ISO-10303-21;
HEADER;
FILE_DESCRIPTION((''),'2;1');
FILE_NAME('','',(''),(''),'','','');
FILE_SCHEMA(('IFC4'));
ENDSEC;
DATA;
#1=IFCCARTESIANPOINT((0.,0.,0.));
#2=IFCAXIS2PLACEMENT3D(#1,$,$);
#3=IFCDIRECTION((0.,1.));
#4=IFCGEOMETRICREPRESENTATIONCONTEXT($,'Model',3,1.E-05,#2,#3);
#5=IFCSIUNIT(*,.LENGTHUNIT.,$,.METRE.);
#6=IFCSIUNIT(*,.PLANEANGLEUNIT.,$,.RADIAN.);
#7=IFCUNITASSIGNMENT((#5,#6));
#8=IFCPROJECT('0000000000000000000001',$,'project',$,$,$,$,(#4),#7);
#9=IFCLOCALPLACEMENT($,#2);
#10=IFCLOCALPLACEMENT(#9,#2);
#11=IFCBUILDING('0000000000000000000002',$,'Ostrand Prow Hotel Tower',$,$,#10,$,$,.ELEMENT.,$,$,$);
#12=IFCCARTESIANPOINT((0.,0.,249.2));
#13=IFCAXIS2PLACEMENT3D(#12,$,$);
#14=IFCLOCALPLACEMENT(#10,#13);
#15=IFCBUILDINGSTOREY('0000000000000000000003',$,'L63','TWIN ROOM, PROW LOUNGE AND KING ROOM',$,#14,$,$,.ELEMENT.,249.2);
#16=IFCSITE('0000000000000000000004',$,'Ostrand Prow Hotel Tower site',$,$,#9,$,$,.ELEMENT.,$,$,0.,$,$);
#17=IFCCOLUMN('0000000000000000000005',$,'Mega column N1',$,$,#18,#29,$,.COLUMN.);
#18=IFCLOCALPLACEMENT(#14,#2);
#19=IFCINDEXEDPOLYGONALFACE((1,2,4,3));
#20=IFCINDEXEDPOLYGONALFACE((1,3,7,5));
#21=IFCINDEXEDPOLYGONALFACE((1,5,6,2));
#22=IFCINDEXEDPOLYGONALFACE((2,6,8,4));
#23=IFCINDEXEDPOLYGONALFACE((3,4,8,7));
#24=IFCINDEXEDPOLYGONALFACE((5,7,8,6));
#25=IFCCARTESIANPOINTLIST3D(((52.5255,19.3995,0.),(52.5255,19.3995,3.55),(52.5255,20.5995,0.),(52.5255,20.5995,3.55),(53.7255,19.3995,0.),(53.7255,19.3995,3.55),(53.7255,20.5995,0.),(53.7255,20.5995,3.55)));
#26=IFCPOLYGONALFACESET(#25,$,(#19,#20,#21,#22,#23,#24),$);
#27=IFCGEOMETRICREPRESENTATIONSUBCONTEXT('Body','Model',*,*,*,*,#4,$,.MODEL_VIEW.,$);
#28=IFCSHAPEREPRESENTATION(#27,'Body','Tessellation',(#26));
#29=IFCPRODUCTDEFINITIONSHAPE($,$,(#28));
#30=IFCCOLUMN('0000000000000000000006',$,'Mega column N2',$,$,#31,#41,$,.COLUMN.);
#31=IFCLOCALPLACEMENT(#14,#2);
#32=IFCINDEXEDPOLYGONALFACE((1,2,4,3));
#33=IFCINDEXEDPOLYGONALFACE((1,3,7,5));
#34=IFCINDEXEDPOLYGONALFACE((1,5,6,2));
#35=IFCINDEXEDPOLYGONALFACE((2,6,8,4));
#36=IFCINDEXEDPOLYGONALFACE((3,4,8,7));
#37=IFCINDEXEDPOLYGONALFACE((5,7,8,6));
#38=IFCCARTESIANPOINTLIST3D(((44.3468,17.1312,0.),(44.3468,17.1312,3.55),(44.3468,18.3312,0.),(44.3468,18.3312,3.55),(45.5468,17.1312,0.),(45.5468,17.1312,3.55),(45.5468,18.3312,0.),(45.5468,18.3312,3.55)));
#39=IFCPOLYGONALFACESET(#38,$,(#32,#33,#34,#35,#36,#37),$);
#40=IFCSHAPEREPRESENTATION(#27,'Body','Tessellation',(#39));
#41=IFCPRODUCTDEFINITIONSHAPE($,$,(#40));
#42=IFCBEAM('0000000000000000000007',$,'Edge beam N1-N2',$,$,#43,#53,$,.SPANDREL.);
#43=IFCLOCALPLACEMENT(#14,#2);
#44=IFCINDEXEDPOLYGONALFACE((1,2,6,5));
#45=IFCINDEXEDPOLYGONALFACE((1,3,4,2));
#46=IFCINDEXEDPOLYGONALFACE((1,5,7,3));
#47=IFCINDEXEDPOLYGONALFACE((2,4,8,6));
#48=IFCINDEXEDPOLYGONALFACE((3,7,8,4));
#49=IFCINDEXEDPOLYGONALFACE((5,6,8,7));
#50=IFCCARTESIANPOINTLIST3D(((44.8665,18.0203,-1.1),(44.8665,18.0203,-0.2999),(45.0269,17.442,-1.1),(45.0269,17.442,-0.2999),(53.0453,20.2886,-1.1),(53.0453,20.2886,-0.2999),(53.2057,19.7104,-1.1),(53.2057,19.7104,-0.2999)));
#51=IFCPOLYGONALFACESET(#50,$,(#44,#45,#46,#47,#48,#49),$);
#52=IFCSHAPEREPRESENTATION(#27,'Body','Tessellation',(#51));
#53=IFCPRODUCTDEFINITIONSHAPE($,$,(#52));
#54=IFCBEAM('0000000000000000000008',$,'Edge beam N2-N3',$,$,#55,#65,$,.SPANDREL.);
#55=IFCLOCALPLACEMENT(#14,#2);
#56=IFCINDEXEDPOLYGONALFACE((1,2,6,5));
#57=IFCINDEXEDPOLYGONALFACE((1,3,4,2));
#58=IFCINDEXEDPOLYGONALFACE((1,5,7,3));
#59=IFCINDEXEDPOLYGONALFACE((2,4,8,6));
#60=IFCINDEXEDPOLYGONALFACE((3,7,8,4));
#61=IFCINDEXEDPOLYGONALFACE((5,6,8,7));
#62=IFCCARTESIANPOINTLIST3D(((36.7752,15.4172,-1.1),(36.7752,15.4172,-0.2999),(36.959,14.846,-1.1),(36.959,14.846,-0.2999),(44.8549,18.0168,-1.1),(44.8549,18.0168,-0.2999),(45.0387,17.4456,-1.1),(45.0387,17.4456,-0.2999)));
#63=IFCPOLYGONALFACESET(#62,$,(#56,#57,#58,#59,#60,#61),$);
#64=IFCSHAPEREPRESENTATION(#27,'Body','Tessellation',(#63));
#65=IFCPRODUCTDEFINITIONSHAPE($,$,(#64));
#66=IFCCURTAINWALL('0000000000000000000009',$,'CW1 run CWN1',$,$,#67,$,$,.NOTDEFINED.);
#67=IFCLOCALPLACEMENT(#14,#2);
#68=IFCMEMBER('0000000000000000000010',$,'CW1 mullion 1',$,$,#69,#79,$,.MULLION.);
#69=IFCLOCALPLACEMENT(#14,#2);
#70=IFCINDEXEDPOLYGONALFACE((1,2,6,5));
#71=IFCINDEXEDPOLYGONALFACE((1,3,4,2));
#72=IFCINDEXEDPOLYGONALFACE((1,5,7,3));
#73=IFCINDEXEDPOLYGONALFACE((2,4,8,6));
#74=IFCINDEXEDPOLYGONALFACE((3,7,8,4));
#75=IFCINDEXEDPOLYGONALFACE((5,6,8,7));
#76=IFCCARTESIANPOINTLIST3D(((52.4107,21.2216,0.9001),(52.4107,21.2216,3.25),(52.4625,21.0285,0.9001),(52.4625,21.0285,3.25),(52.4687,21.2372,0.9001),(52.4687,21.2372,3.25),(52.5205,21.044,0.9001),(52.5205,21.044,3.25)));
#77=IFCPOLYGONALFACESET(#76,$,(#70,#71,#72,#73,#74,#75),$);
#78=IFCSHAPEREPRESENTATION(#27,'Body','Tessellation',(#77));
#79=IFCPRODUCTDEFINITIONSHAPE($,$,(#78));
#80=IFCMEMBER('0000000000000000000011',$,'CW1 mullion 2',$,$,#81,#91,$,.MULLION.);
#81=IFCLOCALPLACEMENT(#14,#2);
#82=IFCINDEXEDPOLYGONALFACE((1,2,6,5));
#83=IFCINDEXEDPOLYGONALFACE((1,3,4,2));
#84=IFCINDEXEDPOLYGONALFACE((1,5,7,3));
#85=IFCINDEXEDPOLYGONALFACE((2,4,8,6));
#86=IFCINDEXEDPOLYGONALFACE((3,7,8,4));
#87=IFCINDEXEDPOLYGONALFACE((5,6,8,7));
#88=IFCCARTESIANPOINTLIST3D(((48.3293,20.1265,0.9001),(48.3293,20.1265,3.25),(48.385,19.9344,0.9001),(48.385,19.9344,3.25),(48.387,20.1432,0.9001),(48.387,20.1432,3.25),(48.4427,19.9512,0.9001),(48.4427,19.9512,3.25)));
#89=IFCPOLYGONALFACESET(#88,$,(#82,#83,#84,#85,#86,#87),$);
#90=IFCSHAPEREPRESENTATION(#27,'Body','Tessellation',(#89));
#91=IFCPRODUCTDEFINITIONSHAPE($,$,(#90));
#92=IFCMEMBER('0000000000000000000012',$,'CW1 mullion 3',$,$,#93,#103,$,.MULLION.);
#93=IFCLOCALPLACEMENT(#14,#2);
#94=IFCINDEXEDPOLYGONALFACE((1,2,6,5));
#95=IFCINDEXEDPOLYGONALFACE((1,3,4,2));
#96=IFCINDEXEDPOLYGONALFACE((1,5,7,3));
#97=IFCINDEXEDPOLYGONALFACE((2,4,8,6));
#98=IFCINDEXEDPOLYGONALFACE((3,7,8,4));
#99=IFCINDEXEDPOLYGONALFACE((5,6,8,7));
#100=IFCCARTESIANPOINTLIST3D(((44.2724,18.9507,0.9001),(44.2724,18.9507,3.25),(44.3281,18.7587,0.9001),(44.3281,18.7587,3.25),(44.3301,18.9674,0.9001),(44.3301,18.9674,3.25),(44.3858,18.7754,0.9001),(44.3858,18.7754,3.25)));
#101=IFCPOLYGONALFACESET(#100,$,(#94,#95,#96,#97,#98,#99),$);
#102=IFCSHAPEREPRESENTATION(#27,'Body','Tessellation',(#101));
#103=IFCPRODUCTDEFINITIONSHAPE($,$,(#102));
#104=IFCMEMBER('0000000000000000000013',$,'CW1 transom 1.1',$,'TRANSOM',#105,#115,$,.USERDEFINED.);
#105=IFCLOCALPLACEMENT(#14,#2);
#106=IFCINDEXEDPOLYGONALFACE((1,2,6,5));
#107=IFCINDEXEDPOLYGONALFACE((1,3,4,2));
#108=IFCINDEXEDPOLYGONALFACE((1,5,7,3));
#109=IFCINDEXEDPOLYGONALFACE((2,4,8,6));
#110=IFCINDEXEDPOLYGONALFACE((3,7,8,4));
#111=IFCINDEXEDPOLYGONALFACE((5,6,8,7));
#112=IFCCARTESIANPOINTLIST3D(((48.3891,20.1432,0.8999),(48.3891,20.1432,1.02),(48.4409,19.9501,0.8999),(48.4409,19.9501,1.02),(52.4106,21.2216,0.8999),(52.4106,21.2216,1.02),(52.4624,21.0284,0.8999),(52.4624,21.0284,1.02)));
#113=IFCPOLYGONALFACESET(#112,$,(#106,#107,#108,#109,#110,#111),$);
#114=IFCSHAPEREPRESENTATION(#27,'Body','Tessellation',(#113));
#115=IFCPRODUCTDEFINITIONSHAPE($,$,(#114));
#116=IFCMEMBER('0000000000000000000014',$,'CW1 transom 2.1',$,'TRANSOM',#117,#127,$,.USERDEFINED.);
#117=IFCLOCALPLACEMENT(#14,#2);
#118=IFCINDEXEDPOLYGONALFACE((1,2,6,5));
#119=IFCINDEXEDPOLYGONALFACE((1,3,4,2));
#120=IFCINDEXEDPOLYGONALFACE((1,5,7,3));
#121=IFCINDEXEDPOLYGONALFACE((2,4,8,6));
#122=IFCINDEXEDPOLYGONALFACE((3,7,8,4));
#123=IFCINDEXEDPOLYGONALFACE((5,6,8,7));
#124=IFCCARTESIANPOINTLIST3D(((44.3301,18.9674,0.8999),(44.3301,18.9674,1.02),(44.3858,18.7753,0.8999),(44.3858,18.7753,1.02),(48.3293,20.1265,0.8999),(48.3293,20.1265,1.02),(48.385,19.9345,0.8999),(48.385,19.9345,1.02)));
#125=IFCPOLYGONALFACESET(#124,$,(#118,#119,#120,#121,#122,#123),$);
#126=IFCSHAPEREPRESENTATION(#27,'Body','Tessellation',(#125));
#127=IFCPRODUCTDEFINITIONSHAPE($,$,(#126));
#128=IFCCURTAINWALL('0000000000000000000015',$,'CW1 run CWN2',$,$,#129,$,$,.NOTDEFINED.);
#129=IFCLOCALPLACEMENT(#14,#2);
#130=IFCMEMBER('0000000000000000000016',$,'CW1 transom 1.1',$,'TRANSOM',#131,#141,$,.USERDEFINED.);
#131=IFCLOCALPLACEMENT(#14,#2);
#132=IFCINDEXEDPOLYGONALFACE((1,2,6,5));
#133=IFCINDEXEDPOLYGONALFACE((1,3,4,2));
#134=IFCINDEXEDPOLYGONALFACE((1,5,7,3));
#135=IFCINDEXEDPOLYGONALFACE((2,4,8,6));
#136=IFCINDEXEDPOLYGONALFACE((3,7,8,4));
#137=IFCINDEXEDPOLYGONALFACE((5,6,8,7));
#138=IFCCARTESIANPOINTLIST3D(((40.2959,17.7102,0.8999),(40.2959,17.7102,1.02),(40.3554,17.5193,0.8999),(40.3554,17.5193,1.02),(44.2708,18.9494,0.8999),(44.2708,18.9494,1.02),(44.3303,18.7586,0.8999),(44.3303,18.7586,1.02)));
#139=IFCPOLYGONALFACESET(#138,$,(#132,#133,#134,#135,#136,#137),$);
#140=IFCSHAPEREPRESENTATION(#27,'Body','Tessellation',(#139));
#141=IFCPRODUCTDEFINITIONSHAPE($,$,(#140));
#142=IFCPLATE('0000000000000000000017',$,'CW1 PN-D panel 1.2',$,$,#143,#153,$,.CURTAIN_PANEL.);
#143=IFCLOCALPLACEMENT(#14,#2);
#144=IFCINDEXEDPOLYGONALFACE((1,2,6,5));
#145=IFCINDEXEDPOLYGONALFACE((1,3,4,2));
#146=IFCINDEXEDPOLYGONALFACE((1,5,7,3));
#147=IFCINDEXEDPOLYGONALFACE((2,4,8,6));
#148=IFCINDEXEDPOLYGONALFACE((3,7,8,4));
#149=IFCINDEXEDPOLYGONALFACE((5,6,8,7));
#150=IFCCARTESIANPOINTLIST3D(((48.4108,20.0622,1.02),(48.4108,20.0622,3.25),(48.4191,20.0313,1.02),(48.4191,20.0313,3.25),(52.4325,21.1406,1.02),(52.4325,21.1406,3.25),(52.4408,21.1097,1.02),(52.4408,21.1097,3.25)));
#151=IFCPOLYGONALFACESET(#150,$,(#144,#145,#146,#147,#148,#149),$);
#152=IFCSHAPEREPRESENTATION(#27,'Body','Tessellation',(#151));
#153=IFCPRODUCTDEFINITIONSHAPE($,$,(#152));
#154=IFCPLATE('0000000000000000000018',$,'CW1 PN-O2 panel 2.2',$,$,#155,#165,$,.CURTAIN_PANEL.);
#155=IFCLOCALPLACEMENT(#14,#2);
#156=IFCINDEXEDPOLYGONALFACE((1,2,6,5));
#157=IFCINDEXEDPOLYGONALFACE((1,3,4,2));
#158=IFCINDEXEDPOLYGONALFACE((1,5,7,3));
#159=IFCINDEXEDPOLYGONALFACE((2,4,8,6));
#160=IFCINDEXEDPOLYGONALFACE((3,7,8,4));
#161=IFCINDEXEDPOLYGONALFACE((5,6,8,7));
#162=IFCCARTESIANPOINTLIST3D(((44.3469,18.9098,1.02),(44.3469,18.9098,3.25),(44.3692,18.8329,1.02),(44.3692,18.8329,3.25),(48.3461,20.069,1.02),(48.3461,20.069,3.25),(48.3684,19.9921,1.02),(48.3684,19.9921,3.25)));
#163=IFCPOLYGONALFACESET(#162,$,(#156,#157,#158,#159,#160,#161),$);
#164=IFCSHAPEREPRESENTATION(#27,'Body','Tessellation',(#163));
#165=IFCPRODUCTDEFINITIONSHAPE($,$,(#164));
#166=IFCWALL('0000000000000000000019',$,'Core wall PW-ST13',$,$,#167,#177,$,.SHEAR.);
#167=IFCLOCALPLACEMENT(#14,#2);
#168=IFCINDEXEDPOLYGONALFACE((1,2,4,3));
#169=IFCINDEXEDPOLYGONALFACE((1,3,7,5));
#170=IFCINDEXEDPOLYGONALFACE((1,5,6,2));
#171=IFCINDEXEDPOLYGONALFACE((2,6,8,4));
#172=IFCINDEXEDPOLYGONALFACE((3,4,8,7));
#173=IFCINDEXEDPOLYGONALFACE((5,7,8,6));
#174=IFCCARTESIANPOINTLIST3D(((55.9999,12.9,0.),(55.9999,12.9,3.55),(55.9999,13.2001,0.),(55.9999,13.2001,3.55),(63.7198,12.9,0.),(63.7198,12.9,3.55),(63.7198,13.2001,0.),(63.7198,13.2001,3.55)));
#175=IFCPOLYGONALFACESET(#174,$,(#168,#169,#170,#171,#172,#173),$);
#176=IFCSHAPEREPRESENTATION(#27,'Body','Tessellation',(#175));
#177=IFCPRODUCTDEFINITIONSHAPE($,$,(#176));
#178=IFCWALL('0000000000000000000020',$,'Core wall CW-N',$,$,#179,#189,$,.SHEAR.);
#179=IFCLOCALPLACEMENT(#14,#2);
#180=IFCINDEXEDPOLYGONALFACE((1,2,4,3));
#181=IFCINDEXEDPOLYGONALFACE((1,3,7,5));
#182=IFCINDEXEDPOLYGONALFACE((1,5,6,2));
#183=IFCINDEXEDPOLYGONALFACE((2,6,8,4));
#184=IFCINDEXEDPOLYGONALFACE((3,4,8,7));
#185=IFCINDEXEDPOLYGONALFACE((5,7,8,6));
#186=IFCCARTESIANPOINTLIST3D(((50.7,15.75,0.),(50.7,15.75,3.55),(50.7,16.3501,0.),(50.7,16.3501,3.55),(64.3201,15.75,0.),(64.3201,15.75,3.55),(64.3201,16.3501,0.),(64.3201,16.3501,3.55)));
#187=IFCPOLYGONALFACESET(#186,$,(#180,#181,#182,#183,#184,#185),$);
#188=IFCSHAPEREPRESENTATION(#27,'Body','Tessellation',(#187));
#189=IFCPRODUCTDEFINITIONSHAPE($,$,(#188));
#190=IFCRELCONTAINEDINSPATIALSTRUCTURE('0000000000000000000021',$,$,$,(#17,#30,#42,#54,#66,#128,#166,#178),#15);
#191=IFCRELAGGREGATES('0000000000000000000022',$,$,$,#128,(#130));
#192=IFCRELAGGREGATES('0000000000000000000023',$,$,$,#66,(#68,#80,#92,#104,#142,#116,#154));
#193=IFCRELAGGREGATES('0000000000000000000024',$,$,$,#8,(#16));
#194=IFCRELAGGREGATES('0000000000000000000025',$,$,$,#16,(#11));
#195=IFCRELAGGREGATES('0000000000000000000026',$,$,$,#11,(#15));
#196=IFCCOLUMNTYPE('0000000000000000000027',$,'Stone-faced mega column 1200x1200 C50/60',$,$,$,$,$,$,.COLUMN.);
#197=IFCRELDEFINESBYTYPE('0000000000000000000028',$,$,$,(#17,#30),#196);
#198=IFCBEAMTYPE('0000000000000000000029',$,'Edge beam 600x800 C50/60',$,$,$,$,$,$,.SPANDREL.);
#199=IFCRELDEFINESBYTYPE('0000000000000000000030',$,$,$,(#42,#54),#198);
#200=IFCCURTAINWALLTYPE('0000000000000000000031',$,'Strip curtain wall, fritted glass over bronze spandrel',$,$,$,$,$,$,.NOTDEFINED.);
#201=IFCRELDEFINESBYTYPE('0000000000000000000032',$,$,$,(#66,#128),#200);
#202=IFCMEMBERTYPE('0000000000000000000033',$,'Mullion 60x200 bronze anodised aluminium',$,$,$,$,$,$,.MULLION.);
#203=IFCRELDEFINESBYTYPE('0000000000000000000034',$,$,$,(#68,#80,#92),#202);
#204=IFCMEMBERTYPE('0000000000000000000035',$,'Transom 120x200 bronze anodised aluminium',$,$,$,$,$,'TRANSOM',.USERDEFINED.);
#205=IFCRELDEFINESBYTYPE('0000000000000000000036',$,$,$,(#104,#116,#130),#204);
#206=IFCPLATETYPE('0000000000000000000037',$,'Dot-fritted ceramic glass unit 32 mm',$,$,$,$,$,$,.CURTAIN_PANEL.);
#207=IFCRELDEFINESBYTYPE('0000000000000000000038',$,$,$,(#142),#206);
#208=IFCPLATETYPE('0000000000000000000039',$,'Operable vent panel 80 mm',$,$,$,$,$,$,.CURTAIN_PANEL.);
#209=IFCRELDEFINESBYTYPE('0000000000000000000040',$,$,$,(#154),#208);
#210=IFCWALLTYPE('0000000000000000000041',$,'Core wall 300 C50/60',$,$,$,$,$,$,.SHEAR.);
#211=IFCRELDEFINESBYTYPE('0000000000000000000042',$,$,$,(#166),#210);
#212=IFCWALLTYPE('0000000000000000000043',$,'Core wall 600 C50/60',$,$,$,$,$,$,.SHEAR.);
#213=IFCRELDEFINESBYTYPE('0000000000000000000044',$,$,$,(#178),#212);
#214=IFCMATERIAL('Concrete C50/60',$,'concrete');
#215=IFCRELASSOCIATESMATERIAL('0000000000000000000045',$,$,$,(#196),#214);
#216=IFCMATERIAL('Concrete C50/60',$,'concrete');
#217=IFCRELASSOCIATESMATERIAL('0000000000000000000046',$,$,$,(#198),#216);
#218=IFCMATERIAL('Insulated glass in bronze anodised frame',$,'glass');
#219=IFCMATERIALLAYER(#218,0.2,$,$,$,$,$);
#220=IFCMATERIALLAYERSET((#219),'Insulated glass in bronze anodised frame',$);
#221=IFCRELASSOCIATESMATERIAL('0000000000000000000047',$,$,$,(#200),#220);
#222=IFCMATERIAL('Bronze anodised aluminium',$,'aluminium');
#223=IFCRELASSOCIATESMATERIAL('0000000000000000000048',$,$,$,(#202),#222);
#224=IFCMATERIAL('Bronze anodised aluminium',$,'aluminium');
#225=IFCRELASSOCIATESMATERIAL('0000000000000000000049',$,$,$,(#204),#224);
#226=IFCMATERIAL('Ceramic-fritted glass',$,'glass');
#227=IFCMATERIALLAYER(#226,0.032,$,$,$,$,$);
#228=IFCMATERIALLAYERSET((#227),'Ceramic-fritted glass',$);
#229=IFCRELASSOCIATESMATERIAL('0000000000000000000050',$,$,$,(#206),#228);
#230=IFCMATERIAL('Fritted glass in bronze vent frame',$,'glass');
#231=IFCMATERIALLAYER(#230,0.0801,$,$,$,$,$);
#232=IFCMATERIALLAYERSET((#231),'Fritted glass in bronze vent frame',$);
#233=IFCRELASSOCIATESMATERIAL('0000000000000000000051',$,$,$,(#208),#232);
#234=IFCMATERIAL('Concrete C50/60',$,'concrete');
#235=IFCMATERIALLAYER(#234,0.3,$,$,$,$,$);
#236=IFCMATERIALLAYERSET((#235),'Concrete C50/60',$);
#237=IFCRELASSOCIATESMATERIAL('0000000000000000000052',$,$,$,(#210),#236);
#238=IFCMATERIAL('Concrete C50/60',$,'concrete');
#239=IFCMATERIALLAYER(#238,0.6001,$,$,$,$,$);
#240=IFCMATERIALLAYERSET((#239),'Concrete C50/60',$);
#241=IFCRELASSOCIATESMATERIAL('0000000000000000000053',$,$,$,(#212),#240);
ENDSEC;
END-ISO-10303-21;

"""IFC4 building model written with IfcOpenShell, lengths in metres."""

from ifc_helpers import new_model, si_unit, direction, frame, frame_2d, origin, origin_2d, place, context, subcontext, project, spatial, rectangle, extrude, material, layer, layer_set, material_profile, profile_set, type_object, element, aggregate, save


model = new_model("IFC4")

# Units and contexts
model_context = context("Model", 3, precision=1e-05, world=origin(), true_north=direction((0.0, 1.0)))
body_context = subcontext(model_context, "Body", "Model", "MODEL_VIEW")
ifc_project = project(units=[si_unit("LENGTHUNIT", "METRE"), si_unit("PLANEANGLEUNIT", "RADIAN")], contexts=[model_context])

# Site, building, storey
site_placement = place(None, origin())
site = spatial("IfcSite", under=ifc_project, at=site_placement, Name="Ostrand Prow Hotel Tower site", CompositionType="ELEMENT", RefElevation=0.0)
building_placement = place(site_placement, origin())
building = spatial("IfcBuilding", under=site, at=building_placement, Name="Ostrand Prow Hotel Tower", CompositionType="ELEMENT")
storey_placement = place(building_placement, frame((0.0, 0.0, 249.2)))
storey = spatial("IfcBuildingStorey", under=building, at=storey_placement, Name="L63", Description="TWIN ROOM, PROW LOUNGE AND KING ROOM", CompositionType="ELEMENT", Elevation=249.2)

# Columns
ifc_material_1 = material(Name="Concrete C50/60", Category="concrete")
ifc_material_profile_1 = material_profile(ifc_material_1, rectangle(XDim=1.2, YDim=1.2, at=origin_2d()), Name="RC 1200x1200")
ifc_profile_set_1 = profile_set([ifc_material_profile_1], Name="Concrete C50/60")
column_type = type_object("IfcColumnType", Name="Stone-faced mega column 1200x1200 C50/60", PredefinedType="COLUMN", material=ifc_profile_set_1)
for number, where, z_axis, x_axis, name in (
    (1, (53.1255, 19.9995, 0.0), (0.0, 0.0, 1.0), (1.0, 0.0, 0.0), "Mega column N1"),
    (2, (44.9468, 17.7312, 0.0), (0.0, 0.0, 1.0), (1.0, 0.0, 0.0), "Mega column N2"),
):
    element("IfcColumn", number, at=place(storey_placement, frame(where, z_axis=z_axis, x_axis=x_axis)), inside=storey, type_object=column_type, Name=name, PredefinedType="COLUMN", context=body_context, shape_type="SweptSolid", body=[
        extrude(rectangle(XDim=1.2, YDim=1.2, at=origin_2d()), origin(), (0.0, 0.0, 1.0), 3.55),
    ])

# Beams
ifc_material_2 = material(Name="Concrete C50/60", Category="concrete")
ifc_material_profile_2 = material_profile(ifc_material_2, rectangle(XDim=0.6001, YDim=0.8, at=origin_2d()), Name="RC 600x800")
ifc_profile_set_2 = profile_set([ifc_material_profile_2], Name="Concrete C50/60")
beam_type = type_object("IfcBeamType", Name="Edge beam 600x800 C50/60", PredefinedType="SPANDREL", material=ifc_profile_set_2)
for number, where, z_axis, x_axis, name in (
    (3, (53.1255, 19.9995, -0.7), (-0.963626, -0.267255, 0.0), (0.267255, -0.963626, 0.0), "Edge beam N1-N2"),
    (4, (44.9468, 17.7312, -0.7), (-0.951939, -0.306287, 0.0), (0.306287, -0.951939, 0.0), "Edge beam N2-N3"),
):
    element("IfcBeam", number, at=place(storey_placement, frame(where, z_axis=z_axis, x_axis=x_axis)), inside=storey, type_object=beam_type, Name=name, PredefinedType="SPANDREL", context=body_context, shape_type="SweptSolid", body=[
        extrude(rectangle(XDim=0.6001, YDim=0.8, at=origin_2d()), origin(), (0.0, 0.0, 1.0), 8.4875),
    ])

# Curtain wall, members
ifc_material_3 = material(Name="Insulated glass in bronze anodised frame", Category="glass")
ifc_layer_1 = layer(ifc_material_3, 0.2)
ifc_layer_set_1 = layer_set([ifc_layer_1], Name="Insulated glass in bronze anodised frame")
curtain_wall_type = type_object("IfcCurtainWallType", Name="Strip curtain wall, fritted glass over bronze spandrel", PredefinedType="NOTDEFINED", material=ifc_layer_set_1)
curtain_wall_1_placement = place(storey_placement, origin())
curtain_wall_1 = element("IfcCurtainWall", 5, at=curtain_wall_1_placement, inside=storey, type_object=curtain_wall_type, Name="CW1 run CWN1", PredefinedType="NOTDEFINED")
ifc_material_4 = material(Name="Bronze anodised aluminium", Category="aluminium")
ifc_material_profile_3 = material_profile(ifc_material_4, rectangle(XDim=0.2, YDim=0.0601, at=origin_2d()), Name="Mullion 60x200 bronze anodised aluminium")
ifc_profile_set_3 = profile_set([ifc_material_profile_3], Name="Bronze anodised aluminium")
member_type_1 = type_object("IfcMemberType", Name="Mullion 60x200 bronze anodised aluminium", PredefinedType="MULLION", material=ifc_profile_set_3)
member_1_placement = place(storey_placement, frame((52.4656, 21.1328, 0.9001), z_axis=(0.0, 0.0, 1.0), x_axis=(0.258994, -0.965879, 0.0)))
member_1 = element("IfcMember", 6, at=member_1_placement, type_object=member_type_1, Name="CW1 mullion 1", PredefinedType="MULLION", context=body_context, shape_type="SweptSolid", body=[
    extrude(rectangle(XDim=0.2, YDim=0.0601, at=origin_2d()), origin(), (0.0, 0.0, 1.0), 2.3499),
])
member_2_placement = place(storey_placement, frame((48.386, 20.0388, 0.9001), z_axis=(0.0, 0.0, 1.0), x_axis=(0.278393, -0.960467, 0.0)))
member_2 = element("IfcMember", 7, at=member_2_placement, type_object=member_type_1, Name="CW1 mullion 2", PredefinedType="MULLION", context=body_context, shape_type="SweptSolid", body=[
    extrude(rectangle(XDim=0.2, YDim=0.0601, at=origin_2d()), origin(), (0.0, 0.0, 1.0), 2.3499),
])
member_3_placement = place(storey_placement, frame((44.3291, 18.863, 0.9001), z_axis=(0.0, 0.0, 1.0), x_axis=(0.278393, -0.960467, 0.0)))
member_3 = element("IfcMember", 8, at=member_3_placement, type_object=member_type_1, Name="CW1 mullion 3", PredefinedType="MULLION", context=body_context, shape_type="SweptSolid", body=[
    extrude(rectangle(XDim=0.2, YDim=0.0601, at=origin_2d()), origin(), (0.0, 0.0, 1.0), 2.3499),
])
ifc_material_5 = material(Name="Bronze anodised aluminium", Category="aluminium")
ifc_material_profile_4 = material_profile(ifc_material_5, rectangle(XDim=0.2, YDim=0.1201, at=origin_2d()), Name="Transom 120x200 bronze anodised aluminium")
ifc_profile_set_4 = profile_set([ifc_material_profile_4], Name="Bronze anodised aluminium")
member_type_2 = type_object("IfcMemberType", Name="Transom 120x200 bronze anodised aluminium", ElementType="TRANSOM", PredefinedType="USERDEFINED", material=ifc_profile_set_4)
member_4_placement = place(storey_placement, frame((52.4365, 21.125, 0.96), z_axis=(-0.965877, -0.259002, 0.0), x_axis=(0.259002, -0.965877, 0.0)))
member_4 = element("IfcMember", 9, at=member_4_placement, type_object=member_type_2, Name="CW1 transom 1.1", ObjectType="TRANSOM", PredefinedType="USERDEFINED", context=body_context, shape_type="SweptSolid", body=[
    extrude(rectangle(XDim=0.2, YDim=0.1201, at=origin_2d()), origin(), (0.0, 0.0, 1.0), 4.1636),
])
member_5_placement = place(storey_placement, frame((48.3572, 20.0305, 0.96), z_axis=(-0.960468, -0.27839, 0.0), x_axis=(0.27839, -0.960468, 0.0)))
member_5 = element("IfcMember", 10, at=member_5_placement, type_object=member_type_2, Name="CW1 transom 2.1", ObjectType="TRANSOM", PredefinedType="USERDEFINED", context=body_context, shape_type="SweptSolid", body=[
    extrude(rectangle(XDim=0.2, YDim=0.1201, at=origin_2d()), origin(), (0.0, 0.0, 1.0), 4.1638),
])

# Curtain wall, member
curtain_wall_2_placement = place(storey_placement, origin())
curtain_wall_2 = element("IfcCurtainWall", 11, at=curtain_wall_2_placement, inside=storey, type_object=curtain_wall_type, Name="CW1 run CWN2", PredefinedType="NOTDEFINED")
member_6_placement = place(storey_placement, frame((44.3005, 18.854, 0.96), z_axis=(-0.954677, -0.297644, 0.0), x_axis=(0.297644, -0.954677, 0.0)))
member_6 = element("IfcMember", 12, at=member_6_placement, type_object=member_type_2, Name="CW1 transom 1.1", ObjectType="TRANSOM", PredefinedType="USERDEFINED", context=body_context, shape_type="SweptSolid", body=[
    extrude(rectangle(XDim=0.2, YDim=0.1201, at=origin_2d()), origin(), (0.0, 0.0, 1.0), 4.1636),
])
aggregate(curtain_wall_2, [member_6])

# Plates
ifc_material_6 = material(Name="Ceramic-fritted glass", Category="glass")
ifc_layer_2 = layer(ifc_material_6, 0.032)
ifc_layer_set_2 = layer_set([ifc_layer_2], Name="Ceramic-fritted glass")
plate_type_1 = type_object("IfcPlateType", Name="Dot-fritted ceramic glass unit 32 mm", PredefinedType="CURTAIN_PANEL", material=ifc_layer_set_2)
plate_1_placement = place(storey_placement, frame((50.4258, 20.5859, 1.02), z_axis=(0.0, 0.0, 1.0), x_axis=(-0.965879, -0.258994, 0.0)))
plate_1 = element("IfcPlate", 13, at=plate_1_placement, type_object=plate_type_1, Name="CW1 PN-D panel 1.2", PredefinedType="CURTAIN_PANEL", context=body_context, shape_type="SweptSolid", body=[
    extrude(rectangle(XDim=4.1638, YDim=0.032, at=origin_2d()), origin(), (0.0, 0.0, 1.0), 2.23),
])
ifc_material_7 = material(Name="Fritted glass in bronze vent frame", Category="glass")
ifc_layer_3 = layer(ifc_material_7, 0.0801)
ifc_layer_set_3 = layer_set([ifc_layer_3], Name="Fritted glass in bronze vent frame")
plate_type_2 = type_object("IfcPlateType", Name="Operable vent panel 80 mm", PredefinedType="CURTAIN_PANEL", material=ifc_layer_set_3)
plate_2_placement = place(storey_placement, frame((46.3577, 19.4509, 1.02), z_axis=(0.0, 0.0, 1.0), x_axis=(-0.960467, -0.278393, 0.0)))
plate_2 = element("IfcPlate", 14, at=plate_2_placement, type_object=plate_type_2, Name="CW1 PN-O2 panel 2.2", PredefinedType="CURTAIN_PANEL", context=body_context, shape_type="SweptSolid", body=[
    extrude(rectangle(XDim=4.1638, YDim=0.0801, at=origin_2d()), origin(), (0.0, 0.0, 1.0), 2.23),
])
aggregate(curtain_wall_1, [member_1, member_2, member_3, member_4, plate_1, member_5, plate_2])

# Walls
ifc_material_8 = material(Name="Concrete C50/60", Category="concrete")
ifc_layer_4 = layer(ifc_material_8, 0.3)
ifc_layer_set_4 = layer_set([ifc_layer_4], Name="Concrete C50/60")
wall_type_1 = type_object("IfcWallType", Name="Core wall 300 C50/60", PredefinedType="SHEAR", material=ifc_layer_set_4)
wall_1_placement = place(storey_placement, frame((56.0, 13.05, 0.0), z_axis=(0.0, 0.0, 1.0), x_axis=(1.0, 0.0, 0.0)))
element("IfcWall", 15, at=wall_1_placement, inside=storey, type_object=wall_type_1, Name="Core wall PW-ST13", PredefinedType="SHEAR", context=body_context, shape_type="SweptSolid", body=[
    extrude(rectangle(XDim=7.72, YDim=0.3, at=frame_2d((3.8599, 0.0))), origin(), (0.0, 0.0, 1.0), 3.55),
])
ifc_material_9 = material(Name="Concrete C50/60", Category="concrete")
ifc_layer_5 = layer(ifc_material_9, 0.6001)
ifc_layer_set_5 = layer_set([ifc_layer_5], Name="Concrete C50/60")
wall_type_2 = type_object("IfcWallType", Name="Core wall 600 C50/60", PredefinedType="SHEAR", material=ifc_layer_set_5)
wall_2_placement = place(storey_placement, frame((50.7, 16.05, 0.0), z_axis=(0.0, 0.0, 1.0), x_axis=(1.0, 0.0, 0.0)))
element("IfcWall", 16, at=wall_2_placement, inside=storey, type_object=wall_type_2, Name="Core wall CW-N", PredefinedType="SHEAR", context=body_context, shape_type="SweptSolid", body=[
    extrude(rectangle(XDim=13.6201, YDim=0.6001, at=frame_2d((6.8101, 0.0))), origin(), (0.0, 0.0, 1.0), 3.55),
])

save(model, "model.ifc")
